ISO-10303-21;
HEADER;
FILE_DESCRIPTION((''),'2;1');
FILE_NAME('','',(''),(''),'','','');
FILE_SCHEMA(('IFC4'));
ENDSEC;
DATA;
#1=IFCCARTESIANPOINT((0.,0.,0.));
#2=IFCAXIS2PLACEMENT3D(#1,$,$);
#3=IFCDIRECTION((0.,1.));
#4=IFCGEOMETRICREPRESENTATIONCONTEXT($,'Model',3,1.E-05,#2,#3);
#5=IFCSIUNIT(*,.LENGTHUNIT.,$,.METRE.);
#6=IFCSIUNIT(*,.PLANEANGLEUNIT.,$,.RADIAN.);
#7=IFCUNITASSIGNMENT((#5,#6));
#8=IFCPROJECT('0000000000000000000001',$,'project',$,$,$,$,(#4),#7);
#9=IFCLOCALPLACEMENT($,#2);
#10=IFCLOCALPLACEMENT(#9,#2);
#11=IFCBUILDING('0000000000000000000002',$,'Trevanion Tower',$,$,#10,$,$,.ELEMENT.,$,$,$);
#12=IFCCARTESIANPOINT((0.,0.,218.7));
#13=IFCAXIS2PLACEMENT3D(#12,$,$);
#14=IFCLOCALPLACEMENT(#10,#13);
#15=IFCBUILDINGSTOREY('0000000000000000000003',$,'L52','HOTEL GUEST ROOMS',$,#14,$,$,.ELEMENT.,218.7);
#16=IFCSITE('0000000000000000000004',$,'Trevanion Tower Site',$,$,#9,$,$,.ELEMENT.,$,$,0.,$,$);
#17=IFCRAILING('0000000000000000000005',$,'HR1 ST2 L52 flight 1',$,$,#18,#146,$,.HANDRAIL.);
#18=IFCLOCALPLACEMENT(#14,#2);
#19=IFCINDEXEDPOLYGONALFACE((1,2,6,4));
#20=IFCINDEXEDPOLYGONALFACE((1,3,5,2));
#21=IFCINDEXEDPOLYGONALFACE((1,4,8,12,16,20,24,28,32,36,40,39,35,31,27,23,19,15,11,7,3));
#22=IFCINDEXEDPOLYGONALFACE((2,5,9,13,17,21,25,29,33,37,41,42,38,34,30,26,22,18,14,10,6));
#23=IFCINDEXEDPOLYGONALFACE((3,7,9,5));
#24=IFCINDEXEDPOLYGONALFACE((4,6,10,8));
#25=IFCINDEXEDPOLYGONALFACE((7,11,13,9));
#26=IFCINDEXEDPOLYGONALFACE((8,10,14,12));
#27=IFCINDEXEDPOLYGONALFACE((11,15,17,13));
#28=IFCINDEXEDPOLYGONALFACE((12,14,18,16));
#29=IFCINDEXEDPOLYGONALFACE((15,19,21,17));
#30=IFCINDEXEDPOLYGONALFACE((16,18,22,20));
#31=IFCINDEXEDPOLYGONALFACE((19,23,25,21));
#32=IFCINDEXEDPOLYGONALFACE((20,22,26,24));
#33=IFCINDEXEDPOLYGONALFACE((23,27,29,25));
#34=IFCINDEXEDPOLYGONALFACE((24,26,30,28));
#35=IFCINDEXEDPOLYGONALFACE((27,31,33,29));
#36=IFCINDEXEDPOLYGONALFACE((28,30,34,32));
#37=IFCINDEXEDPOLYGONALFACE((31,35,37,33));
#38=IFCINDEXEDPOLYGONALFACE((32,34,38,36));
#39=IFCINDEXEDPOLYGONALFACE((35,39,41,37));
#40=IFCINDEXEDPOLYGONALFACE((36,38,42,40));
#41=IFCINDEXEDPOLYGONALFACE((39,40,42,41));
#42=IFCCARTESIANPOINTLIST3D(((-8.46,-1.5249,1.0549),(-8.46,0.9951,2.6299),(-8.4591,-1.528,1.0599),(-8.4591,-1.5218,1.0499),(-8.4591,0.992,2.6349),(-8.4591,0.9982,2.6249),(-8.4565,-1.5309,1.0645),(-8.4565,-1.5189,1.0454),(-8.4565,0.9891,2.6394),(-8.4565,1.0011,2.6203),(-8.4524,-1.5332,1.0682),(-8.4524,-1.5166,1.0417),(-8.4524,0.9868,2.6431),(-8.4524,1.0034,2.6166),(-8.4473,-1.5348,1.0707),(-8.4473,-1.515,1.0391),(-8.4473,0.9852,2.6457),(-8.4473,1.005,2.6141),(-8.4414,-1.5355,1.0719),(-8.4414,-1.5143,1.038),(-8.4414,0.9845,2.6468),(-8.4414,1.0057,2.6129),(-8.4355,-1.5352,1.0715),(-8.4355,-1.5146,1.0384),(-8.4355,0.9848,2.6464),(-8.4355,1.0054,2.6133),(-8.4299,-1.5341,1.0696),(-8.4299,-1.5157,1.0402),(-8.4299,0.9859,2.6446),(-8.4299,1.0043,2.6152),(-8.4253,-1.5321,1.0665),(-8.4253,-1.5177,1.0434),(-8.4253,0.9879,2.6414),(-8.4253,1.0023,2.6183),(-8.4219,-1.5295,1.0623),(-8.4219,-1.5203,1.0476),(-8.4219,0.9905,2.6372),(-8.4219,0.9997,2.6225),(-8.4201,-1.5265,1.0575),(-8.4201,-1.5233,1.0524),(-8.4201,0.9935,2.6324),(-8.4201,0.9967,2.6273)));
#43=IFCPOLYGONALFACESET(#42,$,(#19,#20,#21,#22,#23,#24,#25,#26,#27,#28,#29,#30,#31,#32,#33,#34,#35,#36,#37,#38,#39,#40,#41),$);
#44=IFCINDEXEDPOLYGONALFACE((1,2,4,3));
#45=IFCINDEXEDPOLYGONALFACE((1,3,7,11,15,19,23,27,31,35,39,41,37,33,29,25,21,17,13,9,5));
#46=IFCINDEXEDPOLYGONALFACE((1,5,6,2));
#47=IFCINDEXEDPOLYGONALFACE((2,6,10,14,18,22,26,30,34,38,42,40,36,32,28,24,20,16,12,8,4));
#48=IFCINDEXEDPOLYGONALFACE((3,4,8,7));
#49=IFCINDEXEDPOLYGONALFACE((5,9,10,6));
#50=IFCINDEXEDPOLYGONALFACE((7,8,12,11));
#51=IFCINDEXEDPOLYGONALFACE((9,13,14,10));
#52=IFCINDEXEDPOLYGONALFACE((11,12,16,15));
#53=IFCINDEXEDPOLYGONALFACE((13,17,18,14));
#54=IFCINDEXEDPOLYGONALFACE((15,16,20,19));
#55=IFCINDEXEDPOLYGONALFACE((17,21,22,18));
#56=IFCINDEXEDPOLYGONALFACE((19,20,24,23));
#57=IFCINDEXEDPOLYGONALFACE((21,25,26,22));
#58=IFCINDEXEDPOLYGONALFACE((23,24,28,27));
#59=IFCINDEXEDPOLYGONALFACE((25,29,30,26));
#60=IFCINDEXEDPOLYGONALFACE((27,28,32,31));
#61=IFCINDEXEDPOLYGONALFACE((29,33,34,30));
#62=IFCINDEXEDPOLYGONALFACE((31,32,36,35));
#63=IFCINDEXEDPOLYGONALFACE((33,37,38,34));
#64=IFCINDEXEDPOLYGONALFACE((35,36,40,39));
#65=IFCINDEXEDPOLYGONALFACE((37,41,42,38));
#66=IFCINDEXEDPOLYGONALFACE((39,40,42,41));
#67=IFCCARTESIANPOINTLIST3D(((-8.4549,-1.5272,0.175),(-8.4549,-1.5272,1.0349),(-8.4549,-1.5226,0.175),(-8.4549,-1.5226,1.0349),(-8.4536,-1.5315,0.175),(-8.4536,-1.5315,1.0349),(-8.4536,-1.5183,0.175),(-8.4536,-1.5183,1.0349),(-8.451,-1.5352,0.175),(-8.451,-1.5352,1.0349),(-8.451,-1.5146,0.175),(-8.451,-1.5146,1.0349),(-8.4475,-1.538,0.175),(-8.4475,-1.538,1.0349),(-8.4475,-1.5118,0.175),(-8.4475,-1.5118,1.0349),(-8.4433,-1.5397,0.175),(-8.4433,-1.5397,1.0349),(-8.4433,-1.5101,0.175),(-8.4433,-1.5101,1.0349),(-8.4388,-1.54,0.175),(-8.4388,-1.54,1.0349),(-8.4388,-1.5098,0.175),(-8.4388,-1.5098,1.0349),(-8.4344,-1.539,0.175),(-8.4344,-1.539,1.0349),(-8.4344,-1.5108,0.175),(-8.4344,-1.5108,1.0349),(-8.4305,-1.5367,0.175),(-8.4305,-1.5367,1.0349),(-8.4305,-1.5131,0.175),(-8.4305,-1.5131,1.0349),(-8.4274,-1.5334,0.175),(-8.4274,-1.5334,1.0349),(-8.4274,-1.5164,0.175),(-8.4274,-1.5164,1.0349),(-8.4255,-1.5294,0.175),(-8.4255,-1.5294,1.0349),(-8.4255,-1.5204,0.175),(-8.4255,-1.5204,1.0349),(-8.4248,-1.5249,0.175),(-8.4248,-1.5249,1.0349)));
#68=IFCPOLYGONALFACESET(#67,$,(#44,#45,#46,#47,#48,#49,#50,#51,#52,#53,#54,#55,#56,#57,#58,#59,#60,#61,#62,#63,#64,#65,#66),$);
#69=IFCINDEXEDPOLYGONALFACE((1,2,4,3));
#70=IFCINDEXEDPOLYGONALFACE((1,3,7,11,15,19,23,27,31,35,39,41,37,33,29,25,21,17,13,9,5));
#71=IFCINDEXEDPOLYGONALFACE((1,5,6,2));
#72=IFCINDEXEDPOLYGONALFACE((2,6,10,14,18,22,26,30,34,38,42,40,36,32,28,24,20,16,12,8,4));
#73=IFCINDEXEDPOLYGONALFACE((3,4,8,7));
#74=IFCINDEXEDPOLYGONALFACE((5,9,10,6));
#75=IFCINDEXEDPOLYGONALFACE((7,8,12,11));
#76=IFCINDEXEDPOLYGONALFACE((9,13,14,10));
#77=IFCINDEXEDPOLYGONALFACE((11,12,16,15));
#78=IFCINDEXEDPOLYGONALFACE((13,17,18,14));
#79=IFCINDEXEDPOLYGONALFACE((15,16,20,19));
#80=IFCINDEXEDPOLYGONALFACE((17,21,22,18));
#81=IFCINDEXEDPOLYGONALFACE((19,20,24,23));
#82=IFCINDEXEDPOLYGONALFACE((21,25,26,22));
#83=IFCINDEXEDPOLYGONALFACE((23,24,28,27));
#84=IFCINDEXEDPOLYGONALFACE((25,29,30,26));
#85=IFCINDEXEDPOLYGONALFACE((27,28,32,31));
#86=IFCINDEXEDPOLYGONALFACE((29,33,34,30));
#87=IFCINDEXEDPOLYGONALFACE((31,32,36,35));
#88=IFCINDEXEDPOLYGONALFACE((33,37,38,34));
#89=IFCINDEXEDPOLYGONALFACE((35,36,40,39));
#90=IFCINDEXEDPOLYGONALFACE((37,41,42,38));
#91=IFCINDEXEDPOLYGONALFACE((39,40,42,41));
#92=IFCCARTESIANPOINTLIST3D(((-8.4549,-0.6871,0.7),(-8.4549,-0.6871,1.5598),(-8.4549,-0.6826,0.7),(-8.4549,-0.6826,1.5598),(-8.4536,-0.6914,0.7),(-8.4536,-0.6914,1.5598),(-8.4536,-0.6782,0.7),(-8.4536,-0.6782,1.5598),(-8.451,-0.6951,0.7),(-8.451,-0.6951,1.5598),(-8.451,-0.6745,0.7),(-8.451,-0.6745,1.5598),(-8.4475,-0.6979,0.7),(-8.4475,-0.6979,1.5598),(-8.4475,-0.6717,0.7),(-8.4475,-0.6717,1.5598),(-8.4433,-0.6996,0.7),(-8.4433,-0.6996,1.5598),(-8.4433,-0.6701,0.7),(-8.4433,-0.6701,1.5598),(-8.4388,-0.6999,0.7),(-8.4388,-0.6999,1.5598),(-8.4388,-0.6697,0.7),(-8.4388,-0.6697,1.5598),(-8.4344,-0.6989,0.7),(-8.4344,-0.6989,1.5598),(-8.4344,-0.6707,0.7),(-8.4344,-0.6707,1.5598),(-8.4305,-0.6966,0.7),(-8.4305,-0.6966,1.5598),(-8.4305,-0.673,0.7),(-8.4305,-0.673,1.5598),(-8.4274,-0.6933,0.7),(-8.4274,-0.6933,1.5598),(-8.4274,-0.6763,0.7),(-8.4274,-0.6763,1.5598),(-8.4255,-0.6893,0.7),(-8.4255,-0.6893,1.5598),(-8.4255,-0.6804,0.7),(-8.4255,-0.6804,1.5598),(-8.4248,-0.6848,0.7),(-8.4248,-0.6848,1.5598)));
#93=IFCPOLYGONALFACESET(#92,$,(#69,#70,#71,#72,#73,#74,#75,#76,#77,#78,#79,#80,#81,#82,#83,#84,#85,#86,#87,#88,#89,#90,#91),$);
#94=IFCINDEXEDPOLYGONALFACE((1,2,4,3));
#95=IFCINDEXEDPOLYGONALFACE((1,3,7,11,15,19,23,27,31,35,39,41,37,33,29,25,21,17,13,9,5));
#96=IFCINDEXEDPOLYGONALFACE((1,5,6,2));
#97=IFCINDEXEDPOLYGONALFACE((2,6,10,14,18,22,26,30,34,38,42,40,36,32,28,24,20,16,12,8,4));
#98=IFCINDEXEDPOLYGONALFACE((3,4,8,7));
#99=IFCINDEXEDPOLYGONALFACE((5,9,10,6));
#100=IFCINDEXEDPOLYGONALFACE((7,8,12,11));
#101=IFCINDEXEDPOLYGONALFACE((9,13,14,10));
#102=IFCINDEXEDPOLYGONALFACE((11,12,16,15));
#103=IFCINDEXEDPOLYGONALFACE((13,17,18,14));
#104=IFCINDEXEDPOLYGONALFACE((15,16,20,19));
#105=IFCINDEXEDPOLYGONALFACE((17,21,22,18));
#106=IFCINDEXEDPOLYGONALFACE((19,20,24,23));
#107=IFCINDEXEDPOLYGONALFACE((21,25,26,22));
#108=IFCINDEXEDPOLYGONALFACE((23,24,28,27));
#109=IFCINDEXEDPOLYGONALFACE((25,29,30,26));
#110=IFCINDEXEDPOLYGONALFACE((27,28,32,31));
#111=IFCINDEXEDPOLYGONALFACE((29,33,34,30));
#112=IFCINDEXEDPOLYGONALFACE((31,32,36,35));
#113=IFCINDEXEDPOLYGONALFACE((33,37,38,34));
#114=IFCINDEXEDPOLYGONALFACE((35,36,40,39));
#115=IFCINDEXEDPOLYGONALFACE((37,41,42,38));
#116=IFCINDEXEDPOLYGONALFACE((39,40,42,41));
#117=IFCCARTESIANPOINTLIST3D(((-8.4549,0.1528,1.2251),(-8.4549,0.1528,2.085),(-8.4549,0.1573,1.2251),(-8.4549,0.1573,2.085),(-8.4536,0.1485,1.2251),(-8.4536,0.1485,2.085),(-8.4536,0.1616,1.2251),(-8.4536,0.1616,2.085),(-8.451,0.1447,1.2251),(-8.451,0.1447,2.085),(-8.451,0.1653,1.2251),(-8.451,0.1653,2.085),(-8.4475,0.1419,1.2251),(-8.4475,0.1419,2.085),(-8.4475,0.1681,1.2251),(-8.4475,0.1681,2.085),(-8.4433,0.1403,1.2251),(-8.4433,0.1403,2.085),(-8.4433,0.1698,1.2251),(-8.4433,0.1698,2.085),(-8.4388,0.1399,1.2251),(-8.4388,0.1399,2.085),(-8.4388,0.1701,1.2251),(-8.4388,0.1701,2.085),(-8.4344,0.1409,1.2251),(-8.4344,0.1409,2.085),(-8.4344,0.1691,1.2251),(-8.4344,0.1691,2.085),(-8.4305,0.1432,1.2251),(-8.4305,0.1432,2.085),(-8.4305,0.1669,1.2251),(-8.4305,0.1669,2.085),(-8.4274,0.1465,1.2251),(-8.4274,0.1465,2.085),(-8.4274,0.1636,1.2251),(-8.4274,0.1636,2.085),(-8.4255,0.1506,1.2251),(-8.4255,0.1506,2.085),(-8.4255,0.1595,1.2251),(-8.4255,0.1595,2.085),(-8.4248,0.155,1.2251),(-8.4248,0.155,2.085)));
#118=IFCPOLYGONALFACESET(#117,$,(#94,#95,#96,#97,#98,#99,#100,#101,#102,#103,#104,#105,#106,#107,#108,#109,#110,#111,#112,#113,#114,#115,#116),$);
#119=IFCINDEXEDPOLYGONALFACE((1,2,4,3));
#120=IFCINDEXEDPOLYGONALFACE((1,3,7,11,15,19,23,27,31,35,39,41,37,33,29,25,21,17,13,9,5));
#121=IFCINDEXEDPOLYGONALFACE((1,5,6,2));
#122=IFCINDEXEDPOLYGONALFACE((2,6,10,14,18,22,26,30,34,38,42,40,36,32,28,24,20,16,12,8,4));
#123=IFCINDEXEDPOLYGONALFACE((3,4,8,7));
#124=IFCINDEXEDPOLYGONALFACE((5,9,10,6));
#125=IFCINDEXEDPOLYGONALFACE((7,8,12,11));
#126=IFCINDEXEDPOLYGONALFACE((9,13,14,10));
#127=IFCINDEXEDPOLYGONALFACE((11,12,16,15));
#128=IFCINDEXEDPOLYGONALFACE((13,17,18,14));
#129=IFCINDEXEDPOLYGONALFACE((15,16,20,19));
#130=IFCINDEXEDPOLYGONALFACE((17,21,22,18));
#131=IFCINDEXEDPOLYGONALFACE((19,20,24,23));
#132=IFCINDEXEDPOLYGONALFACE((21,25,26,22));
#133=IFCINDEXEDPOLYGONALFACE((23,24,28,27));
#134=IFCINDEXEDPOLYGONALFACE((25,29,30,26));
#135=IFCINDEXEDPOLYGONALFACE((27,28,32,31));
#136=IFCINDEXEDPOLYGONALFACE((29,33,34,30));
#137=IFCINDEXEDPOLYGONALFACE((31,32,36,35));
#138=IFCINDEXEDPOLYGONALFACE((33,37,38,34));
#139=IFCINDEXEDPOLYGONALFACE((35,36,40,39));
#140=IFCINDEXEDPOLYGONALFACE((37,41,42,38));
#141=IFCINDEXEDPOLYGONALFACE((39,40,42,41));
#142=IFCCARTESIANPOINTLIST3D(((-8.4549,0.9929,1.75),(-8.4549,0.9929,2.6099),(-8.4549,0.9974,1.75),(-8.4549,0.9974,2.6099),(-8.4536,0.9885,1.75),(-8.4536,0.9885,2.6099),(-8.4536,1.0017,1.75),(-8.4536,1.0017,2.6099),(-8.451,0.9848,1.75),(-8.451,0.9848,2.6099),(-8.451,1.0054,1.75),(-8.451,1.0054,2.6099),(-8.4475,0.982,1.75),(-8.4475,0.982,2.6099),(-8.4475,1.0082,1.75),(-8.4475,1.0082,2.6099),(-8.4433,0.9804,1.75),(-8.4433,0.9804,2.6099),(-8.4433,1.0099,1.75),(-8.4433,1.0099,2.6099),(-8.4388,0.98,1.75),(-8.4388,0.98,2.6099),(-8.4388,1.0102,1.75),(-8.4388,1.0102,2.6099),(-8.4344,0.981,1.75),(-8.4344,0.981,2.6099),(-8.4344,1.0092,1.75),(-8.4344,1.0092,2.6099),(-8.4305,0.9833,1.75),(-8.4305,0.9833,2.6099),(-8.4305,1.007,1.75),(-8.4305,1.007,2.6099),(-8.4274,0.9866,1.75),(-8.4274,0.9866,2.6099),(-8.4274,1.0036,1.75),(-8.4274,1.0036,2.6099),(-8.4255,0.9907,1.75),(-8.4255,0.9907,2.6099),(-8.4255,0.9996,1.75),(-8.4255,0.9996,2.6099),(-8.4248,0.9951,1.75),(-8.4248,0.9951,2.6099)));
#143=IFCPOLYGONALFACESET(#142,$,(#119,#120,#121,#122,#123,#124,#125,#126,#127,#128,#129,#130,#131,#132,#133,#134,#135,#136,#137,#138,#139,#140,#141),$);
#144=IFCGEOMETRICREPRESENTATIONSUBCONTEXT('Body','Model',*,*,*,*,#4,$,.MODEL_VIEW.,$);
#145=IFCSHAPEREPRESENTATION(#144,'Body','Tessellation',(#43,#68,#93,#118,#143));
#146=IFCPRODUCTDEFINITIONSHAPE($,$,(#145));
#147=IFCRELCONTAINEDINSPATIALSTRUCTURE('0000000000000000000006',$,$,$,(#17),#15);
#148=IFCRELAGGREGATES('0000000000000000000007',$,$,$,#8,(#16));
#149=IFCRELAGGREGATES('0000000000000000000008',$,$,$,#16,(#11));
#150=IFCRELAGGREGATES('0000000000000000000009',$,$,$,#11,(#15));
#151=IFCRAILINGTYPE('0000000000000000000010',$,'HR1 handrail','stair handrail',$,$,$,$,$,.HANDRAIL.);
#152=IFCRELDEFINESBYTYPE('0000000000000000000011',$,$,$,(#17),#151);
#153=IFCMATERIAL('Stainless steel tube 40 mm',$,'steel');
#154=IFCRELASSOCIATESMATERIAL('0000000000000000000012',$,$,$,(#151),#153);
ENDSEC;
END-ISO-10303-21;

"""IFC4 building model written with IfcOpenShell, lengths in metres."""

from ifc_helpers import new_model, si_unit, direction, frame, origin, origin_2d, place, context, subcontext, project, spatial, circle, extrude, material, type_object, element, save


model = new_model("IFC4")

# Units and contexts
model_context = context("Model", 3, precision=1e-05, world=origin(), true_north=direction((0.0, 1.0)))
body_context = subcontext(model_context, "Body", "Model", "MODEL_VIEW")
ifc_project = project(units=[si_unit("LENGTHUNIT", "METRE"), si_unit("PLANEANGLEUNIT", "RADIAN")], contexts=[model_context])

# Site, building, storey
site_placement = place(None, origin())
site = spatial("IfcSite", under=ifc_project, at=site_placement, Name="Trevanion Tower Site", CompositionType="ELEMENT", RefElevation=0.0)
building_placement = place(site_placement, origin())
building = spatial("IfcBuilding", under=site, at=building_placement, Name="Trevanion Tower", CompositionType="ELEMENT")
storey_placement = place(building_placement, frame((0.0, 0.0, 218.7)))
storey = spatial("IfcBuildingStorey", under=building, at=storey_placement, Name="L52", Description="HOTEL GUEST ROOMS", CompositionType="ELEMENT", Elevation=218.7)

# Railing
ifc_material_1 = material(Name="Stainless steel tube 40 mm", Category="steel")
railing_type = type_object("IfcRailingType", Name="HR1 handrail", Description="stair handrail", PredefinedType="HANDRAIL", material=ifc_material_1)
for number, where, name in (
    (1, (-8.4399, -1.5249, 0.175), "HR1 ST2 L52 flight 1"),
):
    element("IfcRailing", number, at=place(storey_placement, frame(where)), inside=storey, type_object=railing_type, Name=name, PredefinedType="HANDRAIL", context=body_context, shape_type="SweptSolid", body=[
        extrude(circle(Radius=0.02, at=origin_2d()), frame((0.0, 0.0, 0.8799), z_axis=(0.0, 0.848008, 0.529984), x_axis=(-1.0, 0.0, 0.0)), (0.0, 0.0, 1.0), 2.9717),
        extrude(circle(Radius=0.0151, at=origin_2d()), origin(), (0.0, 0.0, 1.0), 0.8599),
        extrude(circle(Radius=0.0151, at=origin_2d()), frame((0.0, 0.8401, 0.5249)), (0.0, 0.0, 1.0), 0.8599),
        extrude(circle(Radius=0.0151, at=origin_2d()), frame((0.0, 1.6799, 1.05)), (0.0, 0.0, 1.0), 0.8599),
        extrude(circle(Radius=0.0151, at=origin_2d()), frame((0.0, 2.52, 1.575)), (0.0, 0.0, 1.0), 0.8599),
    ])

save(model, "model.ifc")
